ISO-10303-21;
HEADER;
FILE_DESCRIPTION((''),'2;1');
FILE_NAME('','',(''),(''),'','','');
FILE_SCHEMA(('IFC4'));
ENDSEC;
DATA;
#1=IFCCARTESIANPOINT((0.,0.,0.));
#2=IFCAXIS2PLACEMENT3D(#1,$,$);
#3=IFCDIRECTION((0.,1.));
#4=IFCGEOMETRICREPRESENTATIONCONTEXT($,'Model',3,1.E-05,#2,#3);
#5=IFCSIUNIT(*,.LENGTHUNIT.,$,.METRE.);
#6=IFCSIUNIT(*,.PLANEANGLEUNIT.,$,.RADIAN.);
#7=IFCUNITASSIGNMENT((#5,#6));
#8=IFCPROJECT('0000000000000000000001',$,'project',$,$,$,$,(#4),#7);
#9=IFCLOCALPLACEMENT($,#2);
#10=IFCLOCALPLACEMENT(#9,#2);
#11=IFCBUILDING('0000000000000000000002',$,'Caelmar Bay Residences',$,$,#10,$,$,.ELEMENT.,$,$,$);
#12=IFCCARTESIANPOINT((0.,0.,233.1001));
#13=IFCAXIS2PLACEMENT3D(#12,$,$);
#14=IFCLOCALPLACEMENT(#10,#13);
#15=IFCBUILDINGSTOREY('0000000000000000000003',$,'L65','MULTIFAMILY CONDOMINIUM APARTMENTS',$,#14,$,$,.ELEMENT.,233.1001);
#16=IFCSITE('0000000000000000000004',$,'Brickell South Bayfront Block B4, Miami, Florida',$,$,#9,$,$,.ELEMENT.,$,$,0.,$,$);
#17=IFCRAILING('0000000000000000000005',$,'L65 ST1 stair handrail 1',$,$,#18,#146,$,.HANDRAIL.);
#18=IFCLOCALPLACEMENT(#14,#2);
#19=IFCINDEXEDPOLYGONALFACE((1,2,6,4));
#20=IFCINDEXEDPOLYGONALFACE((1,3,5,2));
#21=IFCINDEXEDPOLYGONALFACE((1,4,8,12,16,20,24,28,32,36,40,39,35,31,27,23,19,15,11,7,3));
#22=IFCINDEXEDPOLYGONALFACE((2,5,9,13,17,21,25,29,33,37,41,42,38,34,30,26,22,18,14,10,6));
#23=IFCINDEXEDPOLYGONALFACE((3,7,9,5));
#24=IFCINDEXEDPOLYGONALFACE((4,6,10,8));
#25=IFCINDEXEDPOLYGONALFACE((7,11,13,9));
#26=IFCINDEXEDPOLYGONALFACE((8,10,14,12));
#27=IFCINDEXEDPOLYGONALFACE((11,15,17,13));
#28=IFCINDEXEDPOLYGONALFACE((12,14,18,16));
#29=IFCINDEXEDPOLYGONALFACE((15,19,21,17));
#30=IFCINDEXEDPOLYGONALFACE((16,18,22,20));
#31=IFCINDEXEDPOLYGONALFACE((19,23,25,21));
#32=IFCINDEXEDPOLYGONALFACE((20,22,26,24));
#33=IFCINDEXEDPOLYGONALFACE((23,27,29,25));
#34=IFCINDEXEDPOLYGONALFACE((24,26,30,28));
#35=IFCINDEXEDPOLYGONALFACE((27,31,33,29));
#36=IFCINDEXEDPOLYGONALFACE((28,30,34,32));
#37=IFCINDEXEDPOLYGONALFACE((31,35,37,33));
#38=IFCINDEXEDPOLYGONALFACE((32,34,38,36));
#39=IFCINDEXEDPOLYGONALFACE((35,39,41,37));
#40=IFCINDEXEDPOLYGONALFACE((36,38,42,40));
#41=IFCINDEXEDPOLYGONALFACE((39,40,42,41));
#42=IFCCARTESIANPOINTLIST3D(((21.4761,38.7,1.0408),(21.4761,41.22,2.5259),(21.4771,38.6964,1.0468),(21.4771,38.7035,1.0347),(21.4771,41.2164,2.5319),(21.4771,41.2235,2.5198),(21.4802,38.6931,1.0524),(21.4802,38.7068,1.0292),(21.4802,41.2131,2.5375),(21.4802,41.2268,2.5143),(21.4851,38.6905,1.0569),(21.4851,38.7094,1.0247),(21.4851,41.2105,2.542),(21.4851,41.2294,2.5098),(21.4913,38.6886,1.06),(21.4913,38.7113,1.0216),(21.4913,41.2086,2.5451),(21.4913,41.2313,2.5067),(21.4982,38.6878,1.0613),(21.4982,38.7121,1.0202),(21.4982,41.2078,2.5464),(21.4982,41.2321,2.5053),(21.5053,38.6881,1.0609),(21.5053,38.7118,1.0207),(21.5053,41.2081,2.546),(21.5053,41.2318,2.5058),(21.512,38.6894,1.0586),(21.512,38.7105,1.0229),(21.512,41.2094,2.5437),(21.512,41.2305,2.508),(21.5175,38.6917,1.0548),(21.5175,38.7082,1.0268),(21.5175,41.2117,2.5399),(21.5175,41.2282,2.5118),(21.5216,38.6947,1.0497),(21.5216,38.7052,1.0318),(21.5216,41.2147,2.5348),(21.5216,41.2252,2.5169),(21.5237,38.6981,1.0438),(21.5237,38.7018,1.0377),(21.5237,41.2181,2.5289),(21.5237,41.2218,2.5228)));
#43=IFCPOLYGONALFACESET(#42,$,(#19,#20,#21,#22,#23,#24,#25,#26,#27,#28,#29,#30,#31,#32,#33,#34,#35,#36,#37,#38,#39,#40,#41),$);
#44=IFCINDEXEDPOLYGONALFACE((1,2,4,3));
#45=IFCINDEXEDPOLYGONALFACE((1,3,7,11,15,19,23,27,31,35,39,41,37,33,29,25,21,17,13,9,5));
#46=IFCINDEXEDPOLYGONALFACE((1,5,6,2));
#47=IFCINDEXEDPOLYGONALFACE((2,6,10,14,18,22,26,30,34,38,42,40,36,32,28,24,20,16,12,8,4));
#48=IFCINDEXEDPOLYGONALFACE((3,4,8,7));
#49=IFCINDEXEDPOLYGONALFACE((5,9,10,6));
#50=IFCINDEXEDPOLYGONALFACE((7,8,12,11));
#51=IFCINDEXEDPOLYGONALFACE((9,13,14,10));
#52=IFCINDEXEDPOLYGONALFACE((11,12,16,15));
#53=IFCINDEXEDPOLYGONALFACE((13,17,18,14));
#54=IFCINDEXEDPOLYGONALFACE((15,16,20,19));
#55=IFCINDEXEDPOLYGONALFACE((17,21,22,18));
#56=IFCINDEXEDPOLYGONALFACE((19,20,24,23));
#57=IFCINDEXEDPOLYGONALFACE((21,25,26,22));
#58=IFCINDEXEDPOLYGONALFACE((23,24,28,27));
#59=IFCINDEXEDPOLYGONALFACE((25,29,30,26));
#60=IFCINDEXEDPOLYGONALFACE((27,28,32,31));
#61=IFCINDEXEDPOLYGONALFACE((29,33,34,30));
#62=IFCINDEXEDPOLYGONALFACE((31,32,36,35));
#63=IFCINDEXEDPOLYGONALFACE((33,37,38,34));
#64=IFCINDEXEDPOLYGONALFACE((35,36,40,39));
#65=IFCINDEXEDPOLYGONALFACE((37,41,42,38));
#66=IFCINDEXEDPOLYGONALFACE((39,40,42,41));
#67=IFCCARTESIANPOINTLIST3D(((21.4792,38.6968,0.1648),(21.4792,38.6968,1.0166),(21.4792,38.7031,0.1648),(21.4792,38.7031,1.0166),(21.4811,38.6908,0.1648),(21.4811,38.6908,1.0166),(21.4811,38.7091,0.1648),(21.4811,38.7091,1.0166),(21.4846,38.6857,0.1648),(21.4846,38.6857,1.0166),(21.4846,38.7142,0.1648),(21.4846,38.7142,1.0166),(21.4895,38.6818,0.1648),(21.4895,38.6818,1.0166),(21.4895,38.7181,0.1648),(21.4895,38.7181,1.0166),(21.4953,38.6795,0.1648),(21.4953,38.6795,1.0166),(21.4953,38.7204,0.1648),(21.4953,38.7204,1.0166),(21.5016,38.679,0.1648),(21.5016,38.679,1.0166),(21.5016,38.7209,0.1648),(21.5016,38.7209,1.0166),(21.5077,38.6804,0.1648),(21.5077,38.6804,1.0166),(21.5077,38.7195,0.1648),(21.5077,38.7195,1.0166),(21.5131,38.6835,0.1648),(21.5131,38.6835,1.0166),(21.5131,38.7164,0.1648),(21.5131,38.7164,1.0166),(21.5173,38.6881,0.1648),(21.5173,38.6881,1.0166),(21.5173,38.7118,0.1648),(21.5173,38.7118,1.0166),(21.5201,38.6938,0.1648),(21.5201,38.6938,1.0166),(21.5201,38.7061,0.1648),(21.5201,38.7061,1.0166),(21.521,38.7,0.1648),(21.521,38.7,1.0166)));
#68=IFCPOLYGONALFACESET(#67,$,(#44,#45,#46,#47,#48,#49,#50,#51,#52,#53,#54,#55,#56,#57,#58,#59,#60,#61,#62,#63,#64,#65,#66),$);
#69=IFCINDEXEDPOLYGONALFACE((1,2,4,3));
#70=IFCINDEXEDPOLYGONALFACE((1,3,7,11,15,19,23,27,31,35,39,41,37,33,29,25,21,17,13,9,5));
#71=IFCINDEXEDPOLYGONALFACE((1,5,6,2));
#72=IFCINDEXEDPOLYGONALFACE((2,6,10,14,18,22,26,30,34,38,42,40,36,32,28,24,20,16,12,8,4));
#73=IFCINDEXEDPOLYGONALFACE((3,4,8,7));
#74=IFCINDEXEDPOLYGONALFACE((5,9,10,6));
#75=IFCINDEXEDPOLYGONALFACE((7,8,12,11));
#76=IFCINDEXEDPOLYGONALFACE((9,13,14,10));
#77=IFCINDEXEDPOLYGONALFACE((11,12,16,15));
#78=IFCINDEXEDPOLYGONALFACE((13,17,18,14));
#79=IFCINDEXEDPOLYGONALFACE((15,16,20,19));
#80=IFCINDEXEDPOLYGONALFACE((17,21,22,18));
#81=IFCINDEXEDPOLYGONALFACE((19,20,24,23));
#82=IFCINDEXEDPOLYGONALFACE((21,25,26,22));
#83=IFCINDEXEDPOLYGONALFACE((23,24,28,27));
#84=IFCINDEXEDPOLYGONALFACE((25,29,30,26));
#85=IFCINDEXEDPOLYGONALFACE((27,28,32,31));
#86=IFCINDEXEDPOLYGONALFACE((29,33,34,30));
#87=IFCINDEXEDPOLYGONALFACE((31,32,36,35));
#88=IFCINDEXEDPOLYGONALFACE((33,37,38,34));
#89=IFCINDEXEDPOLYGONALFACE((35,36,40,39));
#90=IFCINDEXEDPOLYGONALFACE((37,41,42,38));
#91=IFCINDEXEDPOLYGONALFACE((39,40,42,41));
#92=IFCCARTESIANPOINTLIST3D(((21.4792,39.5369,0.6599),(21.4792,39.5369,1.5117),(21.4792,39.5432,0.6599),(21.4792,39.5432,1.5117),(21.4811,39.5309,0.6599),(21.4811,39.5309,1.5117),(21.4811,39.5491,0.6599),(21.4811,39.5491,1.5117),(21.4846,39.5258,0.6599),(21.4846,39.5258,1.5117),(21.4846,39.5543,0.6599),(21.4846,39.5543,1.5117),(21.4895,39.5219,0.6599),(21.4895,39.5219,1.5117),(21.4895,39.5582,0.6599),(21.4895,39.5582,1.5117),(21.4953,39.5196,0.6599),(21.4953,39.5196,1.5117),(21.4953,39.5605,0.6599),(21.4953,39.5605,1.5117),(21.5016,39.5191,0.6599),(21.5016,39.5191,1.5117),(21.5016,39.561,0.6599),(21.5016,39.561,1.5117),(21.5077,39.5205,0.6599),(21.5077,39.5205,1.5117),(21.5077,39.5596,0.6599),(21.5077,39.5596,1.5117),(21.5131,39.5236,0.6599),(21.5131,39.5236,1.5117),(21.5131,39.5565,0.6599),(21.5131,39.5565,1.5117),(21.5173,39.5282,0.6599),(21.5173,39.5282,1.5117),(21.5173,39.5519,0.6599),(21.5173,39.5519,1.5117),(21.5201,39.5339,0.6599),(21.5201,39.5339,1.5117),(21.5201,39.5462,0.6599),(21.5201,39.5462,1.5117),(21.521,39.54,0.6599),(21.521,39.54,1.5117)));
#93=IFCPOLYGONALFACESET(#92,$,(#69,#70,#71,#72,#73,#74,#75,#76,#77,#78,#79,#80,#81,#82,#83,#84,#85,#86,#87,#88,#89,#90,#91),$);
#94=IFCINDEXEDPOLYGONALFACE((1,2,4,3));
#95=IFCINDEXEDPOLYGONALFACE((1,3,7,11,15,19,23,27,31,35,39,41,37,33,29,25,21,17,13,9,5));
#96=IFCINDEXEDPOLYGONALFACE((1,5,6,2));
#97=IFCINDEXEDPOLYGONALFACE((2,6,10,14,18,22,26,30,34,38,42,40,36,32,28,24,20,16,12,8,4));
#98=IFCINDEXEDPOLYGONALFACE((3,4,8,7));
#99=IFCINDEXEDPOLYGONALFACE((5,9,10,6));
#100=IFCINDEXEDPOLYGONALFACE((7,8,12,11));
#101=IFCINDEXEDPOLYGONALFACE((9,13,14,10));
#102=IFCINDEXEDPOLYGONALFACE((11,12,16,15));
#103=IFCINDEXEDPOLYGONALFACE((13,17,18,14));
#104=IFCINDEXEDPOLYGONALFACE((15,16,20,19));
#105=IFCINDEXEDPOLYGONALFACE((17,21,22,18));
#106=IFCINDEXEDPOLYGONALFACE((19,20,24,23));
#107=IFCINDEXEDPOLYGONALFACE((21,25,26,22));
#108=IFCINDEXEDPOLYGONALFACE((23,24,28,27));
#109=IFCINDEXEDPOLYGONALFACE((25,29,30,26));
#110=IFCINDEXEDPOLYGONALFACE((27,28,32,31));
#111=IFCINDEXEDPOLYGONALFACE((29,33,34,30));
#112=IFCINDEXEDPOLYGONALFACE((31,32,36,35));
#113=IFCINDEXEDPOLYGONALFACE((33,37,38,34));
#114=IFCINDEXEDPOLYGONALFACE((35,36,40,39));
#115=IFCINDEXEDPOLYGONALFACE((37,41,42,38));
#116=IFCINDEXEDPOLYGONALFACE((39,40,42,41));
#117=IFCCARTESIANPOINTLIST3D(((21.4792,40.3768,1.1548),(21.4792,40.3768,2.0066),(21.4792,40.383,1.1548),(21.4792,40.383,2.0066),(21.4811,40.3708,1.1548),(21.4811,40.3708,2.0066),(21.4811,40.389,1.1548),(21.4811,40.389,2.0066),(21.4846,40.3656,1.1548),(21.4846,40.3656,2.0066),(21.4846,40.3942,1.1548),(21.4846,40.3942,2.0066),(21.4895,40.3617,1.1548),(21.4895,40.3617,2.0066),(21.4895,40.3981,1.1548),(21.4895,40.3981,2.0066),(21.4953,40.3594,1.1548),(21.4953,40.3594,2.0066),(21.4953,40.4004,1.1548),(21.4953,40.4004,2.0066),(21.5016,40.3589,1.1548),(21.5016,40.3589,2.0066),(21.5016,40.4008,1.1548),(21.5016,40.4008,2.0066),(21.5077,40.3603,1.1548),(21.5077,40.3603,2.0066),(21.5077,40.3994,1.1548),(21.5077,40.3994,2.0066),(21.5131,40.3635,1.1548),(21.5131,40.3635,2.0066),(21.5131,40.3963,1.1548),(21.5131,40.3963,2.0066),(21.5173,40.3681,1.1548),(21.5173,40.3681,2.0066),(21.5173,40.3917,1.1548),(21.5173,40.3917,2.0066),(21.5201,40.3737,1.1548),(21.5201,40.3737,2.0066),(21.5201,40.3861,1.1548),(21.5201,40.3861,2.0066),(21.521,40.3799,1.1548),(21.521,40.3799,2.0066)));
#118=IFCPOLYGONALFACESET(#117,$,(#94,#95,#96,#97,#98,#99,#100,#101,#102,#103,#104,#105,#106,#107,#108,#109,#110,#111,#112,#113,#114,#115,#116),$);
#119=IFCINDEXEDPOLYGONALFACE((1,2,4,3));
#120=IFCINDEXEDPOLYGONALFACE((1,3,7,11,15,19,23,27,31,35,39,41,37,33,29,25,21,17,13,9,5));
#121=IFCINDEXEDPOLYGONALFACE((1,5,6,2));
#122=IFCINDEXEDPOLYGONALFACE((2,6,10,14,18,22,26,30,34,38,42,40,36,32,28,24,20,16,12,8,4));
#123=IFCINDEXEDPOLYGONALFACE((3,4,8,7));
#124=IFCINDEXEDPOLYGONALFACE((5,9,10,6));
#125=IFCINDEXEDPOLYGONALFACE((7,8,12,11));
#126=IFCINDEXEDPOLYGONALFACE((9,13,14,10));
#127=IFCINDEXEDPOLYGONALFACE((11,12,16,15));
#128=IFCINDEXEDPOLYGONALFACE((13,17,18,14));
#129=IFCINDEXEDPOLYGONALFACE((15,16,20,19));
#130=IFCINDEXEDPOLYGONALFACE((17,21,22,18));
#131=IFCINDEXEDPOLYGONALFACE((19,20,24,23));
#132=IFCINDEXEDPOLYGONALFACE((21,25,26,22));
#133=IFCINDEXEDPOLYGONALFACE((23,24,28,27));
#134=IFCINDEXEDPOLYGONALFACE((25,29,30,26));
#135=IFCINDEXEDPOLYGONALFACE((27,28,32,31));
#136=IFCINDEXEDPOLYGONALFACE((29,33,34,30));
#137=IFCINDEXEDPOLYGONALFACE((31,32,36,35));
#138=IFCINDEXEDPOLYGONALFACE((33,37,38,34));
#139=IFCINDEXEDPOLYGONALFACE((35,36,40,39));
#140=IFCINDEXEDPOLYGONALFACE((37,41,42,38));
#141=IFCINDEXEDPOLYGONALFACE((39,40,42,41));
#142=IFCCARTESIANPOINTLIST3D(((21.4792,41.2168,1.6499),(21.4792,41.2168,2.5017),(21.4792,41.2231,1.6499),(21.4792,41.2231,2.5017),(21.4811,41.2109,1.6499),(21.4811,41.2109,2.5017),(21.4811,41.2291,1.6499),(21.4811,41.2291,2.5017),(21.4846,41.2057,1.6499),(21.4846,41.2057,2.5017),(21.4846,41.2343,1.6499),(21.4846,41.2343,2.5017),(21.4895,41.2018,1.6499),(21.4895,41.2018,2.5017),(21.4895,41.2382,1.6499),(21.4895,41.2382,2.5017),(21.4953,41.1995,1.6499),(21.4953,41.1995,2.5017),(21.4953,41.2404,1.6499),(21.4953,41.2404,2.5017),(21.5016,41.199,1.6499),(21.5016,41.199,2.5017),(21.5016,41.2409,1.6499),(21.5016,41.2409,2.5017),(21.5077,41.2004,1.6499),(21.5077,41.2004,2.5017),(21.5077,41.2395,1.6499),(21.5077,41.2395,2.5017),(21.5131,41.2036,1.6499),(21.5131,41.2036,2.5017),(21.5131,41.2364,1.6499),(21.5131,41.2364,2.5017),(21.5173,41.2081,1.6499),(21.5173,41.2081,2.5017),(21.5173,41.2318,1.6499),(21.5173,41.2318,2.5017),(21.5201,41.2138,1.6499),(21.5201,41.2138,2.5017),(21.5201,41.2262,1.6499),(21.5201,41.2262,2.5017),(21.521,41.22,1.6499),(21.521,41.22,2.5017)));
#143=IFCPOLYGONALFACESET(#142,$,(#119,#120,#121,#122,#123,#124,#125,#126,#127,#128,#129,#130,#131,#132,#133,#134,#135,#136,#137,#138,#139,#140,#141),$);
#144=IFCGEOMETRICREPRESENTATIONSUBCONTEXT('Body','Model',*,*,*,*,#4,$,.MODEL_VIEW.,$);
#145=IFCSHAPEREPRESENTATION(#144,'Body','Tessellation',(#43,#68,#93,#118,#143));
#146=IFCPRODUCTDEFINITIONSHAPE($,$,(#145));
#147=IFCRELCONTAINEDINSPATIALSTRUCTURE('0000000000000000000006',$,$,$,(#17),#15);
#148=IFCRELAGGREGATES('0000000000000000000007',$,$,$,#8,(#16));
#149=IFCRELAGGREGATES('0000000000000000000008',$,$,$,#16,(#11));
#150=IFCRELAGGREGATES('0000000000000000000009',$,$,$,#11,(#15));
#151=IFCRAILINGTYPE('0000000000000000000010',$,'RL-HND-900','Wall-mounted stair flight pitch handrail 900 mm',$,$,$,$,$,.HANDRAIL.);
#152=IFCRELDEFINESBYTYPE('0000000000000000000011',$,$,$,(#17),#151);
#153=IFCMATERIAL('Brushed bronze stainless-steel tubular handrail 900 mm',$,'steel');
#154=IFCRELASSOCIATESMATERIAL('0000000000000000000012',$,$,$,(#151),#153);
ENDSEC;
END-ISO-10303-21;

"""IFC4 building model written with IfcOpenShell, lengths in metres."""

from ifc_helpers import new_model, si_unit, direction, frame, origin, origin_2d, place, context, subcontext, project, spatial, circle, extrude, material, type_object, element, save


model = new_model("IFC4")

# Units and contexts
model_context = context("Model", 3, precision=1e-05, world=origin(), true_north=direction((0.0, 1.0)))
body_context = subcontext(model_context, "Body", "Model", "MODEL_VIEW")
ifc_project = project(units=[si_unit("LENGTHUNIT", "METRE"), si_unit("PLANEANGLEUNIT", "RADIAN")], contexts=[model_context])

# Site, building, storey
site_placement = place(None, origin())
site = spatial("IfcSite", under=ifc_project, at=site_placement, Name="Brickell South Bayfront Block B4, Miami, Florida", CompositionType="ELEMENT", RefElevation=0.0)
building_placement = place(site_placement, origin())
building = spatial("IfcBuilding", under=site, at=building_placement, Name="Caelmar Bay Residences", CompositionType="ELEMENT")
storey_placement = place(building_placement, frame((0.0, 0.0, 233.1001)))
storey = spatial("IfcBuildingStorey", under=building, at=storey_placement, Name="L65", Description="MULTIFAMILY CONDOMINIUM APARTMENTS", CompositionType="ELEMENT", Elevation=233.1001)

# Railing
ifc_material_1 = material(Name="Brushed bronze stainless-steel tubular handrail 900 mm", Category="steel")
railing_type_1 = type_object("IfcRailingType", Name="RL-HND-900", Description="Wall-mounted stair flight pitch handrail 900 mm", PredefinedType="HANDRAIL", material=ifc_material_1)
railing_1_placement = place(storey_placement, frame((21.5, 38.7, 0.1648)))
element("IfcRailing", 1, at=railing_1_placement, inside=storey, type_object=railing_type_1, Name="L65 ST1 stair handrail 1", PredefinedType="HANDRAIL", context=body_context, shape_type="SweptSolid", body=[
    extrude(circle(Radius=0.0239, at=origin_2d()), frame((0.0, 0.0, 0.876), z_axis=(0.0, 0.861524, 0.507717), x_axis=(-1.0, 0.0, 0.0)), (0.0, 0.0, 1.0), 2.925),
    extrude(circle(Radius=0.021, at=origin_2d()), origin(), (0.0, 0.0, 1.0), 0.8518),
    extrude(circle(Radius=0.021, at=origin_2d()), frame((0.0, 0.8401, 0.4951)), (0.0, 0.0, 1.0), 0.8518),
    extrude(circle(Radius=0.021, at=origin_2d()), frame((0.0, 1.6799, 0.99)), (0.0, 0.0, 1.0), 0.8518),
    extrude(circle(Radius=0.021, at=origin_2d()), frame((0.0, 2.52, 1.4851)), (0.0, 0.0, 1.0), 0.8518),
])

save(model, "model.ifc")
